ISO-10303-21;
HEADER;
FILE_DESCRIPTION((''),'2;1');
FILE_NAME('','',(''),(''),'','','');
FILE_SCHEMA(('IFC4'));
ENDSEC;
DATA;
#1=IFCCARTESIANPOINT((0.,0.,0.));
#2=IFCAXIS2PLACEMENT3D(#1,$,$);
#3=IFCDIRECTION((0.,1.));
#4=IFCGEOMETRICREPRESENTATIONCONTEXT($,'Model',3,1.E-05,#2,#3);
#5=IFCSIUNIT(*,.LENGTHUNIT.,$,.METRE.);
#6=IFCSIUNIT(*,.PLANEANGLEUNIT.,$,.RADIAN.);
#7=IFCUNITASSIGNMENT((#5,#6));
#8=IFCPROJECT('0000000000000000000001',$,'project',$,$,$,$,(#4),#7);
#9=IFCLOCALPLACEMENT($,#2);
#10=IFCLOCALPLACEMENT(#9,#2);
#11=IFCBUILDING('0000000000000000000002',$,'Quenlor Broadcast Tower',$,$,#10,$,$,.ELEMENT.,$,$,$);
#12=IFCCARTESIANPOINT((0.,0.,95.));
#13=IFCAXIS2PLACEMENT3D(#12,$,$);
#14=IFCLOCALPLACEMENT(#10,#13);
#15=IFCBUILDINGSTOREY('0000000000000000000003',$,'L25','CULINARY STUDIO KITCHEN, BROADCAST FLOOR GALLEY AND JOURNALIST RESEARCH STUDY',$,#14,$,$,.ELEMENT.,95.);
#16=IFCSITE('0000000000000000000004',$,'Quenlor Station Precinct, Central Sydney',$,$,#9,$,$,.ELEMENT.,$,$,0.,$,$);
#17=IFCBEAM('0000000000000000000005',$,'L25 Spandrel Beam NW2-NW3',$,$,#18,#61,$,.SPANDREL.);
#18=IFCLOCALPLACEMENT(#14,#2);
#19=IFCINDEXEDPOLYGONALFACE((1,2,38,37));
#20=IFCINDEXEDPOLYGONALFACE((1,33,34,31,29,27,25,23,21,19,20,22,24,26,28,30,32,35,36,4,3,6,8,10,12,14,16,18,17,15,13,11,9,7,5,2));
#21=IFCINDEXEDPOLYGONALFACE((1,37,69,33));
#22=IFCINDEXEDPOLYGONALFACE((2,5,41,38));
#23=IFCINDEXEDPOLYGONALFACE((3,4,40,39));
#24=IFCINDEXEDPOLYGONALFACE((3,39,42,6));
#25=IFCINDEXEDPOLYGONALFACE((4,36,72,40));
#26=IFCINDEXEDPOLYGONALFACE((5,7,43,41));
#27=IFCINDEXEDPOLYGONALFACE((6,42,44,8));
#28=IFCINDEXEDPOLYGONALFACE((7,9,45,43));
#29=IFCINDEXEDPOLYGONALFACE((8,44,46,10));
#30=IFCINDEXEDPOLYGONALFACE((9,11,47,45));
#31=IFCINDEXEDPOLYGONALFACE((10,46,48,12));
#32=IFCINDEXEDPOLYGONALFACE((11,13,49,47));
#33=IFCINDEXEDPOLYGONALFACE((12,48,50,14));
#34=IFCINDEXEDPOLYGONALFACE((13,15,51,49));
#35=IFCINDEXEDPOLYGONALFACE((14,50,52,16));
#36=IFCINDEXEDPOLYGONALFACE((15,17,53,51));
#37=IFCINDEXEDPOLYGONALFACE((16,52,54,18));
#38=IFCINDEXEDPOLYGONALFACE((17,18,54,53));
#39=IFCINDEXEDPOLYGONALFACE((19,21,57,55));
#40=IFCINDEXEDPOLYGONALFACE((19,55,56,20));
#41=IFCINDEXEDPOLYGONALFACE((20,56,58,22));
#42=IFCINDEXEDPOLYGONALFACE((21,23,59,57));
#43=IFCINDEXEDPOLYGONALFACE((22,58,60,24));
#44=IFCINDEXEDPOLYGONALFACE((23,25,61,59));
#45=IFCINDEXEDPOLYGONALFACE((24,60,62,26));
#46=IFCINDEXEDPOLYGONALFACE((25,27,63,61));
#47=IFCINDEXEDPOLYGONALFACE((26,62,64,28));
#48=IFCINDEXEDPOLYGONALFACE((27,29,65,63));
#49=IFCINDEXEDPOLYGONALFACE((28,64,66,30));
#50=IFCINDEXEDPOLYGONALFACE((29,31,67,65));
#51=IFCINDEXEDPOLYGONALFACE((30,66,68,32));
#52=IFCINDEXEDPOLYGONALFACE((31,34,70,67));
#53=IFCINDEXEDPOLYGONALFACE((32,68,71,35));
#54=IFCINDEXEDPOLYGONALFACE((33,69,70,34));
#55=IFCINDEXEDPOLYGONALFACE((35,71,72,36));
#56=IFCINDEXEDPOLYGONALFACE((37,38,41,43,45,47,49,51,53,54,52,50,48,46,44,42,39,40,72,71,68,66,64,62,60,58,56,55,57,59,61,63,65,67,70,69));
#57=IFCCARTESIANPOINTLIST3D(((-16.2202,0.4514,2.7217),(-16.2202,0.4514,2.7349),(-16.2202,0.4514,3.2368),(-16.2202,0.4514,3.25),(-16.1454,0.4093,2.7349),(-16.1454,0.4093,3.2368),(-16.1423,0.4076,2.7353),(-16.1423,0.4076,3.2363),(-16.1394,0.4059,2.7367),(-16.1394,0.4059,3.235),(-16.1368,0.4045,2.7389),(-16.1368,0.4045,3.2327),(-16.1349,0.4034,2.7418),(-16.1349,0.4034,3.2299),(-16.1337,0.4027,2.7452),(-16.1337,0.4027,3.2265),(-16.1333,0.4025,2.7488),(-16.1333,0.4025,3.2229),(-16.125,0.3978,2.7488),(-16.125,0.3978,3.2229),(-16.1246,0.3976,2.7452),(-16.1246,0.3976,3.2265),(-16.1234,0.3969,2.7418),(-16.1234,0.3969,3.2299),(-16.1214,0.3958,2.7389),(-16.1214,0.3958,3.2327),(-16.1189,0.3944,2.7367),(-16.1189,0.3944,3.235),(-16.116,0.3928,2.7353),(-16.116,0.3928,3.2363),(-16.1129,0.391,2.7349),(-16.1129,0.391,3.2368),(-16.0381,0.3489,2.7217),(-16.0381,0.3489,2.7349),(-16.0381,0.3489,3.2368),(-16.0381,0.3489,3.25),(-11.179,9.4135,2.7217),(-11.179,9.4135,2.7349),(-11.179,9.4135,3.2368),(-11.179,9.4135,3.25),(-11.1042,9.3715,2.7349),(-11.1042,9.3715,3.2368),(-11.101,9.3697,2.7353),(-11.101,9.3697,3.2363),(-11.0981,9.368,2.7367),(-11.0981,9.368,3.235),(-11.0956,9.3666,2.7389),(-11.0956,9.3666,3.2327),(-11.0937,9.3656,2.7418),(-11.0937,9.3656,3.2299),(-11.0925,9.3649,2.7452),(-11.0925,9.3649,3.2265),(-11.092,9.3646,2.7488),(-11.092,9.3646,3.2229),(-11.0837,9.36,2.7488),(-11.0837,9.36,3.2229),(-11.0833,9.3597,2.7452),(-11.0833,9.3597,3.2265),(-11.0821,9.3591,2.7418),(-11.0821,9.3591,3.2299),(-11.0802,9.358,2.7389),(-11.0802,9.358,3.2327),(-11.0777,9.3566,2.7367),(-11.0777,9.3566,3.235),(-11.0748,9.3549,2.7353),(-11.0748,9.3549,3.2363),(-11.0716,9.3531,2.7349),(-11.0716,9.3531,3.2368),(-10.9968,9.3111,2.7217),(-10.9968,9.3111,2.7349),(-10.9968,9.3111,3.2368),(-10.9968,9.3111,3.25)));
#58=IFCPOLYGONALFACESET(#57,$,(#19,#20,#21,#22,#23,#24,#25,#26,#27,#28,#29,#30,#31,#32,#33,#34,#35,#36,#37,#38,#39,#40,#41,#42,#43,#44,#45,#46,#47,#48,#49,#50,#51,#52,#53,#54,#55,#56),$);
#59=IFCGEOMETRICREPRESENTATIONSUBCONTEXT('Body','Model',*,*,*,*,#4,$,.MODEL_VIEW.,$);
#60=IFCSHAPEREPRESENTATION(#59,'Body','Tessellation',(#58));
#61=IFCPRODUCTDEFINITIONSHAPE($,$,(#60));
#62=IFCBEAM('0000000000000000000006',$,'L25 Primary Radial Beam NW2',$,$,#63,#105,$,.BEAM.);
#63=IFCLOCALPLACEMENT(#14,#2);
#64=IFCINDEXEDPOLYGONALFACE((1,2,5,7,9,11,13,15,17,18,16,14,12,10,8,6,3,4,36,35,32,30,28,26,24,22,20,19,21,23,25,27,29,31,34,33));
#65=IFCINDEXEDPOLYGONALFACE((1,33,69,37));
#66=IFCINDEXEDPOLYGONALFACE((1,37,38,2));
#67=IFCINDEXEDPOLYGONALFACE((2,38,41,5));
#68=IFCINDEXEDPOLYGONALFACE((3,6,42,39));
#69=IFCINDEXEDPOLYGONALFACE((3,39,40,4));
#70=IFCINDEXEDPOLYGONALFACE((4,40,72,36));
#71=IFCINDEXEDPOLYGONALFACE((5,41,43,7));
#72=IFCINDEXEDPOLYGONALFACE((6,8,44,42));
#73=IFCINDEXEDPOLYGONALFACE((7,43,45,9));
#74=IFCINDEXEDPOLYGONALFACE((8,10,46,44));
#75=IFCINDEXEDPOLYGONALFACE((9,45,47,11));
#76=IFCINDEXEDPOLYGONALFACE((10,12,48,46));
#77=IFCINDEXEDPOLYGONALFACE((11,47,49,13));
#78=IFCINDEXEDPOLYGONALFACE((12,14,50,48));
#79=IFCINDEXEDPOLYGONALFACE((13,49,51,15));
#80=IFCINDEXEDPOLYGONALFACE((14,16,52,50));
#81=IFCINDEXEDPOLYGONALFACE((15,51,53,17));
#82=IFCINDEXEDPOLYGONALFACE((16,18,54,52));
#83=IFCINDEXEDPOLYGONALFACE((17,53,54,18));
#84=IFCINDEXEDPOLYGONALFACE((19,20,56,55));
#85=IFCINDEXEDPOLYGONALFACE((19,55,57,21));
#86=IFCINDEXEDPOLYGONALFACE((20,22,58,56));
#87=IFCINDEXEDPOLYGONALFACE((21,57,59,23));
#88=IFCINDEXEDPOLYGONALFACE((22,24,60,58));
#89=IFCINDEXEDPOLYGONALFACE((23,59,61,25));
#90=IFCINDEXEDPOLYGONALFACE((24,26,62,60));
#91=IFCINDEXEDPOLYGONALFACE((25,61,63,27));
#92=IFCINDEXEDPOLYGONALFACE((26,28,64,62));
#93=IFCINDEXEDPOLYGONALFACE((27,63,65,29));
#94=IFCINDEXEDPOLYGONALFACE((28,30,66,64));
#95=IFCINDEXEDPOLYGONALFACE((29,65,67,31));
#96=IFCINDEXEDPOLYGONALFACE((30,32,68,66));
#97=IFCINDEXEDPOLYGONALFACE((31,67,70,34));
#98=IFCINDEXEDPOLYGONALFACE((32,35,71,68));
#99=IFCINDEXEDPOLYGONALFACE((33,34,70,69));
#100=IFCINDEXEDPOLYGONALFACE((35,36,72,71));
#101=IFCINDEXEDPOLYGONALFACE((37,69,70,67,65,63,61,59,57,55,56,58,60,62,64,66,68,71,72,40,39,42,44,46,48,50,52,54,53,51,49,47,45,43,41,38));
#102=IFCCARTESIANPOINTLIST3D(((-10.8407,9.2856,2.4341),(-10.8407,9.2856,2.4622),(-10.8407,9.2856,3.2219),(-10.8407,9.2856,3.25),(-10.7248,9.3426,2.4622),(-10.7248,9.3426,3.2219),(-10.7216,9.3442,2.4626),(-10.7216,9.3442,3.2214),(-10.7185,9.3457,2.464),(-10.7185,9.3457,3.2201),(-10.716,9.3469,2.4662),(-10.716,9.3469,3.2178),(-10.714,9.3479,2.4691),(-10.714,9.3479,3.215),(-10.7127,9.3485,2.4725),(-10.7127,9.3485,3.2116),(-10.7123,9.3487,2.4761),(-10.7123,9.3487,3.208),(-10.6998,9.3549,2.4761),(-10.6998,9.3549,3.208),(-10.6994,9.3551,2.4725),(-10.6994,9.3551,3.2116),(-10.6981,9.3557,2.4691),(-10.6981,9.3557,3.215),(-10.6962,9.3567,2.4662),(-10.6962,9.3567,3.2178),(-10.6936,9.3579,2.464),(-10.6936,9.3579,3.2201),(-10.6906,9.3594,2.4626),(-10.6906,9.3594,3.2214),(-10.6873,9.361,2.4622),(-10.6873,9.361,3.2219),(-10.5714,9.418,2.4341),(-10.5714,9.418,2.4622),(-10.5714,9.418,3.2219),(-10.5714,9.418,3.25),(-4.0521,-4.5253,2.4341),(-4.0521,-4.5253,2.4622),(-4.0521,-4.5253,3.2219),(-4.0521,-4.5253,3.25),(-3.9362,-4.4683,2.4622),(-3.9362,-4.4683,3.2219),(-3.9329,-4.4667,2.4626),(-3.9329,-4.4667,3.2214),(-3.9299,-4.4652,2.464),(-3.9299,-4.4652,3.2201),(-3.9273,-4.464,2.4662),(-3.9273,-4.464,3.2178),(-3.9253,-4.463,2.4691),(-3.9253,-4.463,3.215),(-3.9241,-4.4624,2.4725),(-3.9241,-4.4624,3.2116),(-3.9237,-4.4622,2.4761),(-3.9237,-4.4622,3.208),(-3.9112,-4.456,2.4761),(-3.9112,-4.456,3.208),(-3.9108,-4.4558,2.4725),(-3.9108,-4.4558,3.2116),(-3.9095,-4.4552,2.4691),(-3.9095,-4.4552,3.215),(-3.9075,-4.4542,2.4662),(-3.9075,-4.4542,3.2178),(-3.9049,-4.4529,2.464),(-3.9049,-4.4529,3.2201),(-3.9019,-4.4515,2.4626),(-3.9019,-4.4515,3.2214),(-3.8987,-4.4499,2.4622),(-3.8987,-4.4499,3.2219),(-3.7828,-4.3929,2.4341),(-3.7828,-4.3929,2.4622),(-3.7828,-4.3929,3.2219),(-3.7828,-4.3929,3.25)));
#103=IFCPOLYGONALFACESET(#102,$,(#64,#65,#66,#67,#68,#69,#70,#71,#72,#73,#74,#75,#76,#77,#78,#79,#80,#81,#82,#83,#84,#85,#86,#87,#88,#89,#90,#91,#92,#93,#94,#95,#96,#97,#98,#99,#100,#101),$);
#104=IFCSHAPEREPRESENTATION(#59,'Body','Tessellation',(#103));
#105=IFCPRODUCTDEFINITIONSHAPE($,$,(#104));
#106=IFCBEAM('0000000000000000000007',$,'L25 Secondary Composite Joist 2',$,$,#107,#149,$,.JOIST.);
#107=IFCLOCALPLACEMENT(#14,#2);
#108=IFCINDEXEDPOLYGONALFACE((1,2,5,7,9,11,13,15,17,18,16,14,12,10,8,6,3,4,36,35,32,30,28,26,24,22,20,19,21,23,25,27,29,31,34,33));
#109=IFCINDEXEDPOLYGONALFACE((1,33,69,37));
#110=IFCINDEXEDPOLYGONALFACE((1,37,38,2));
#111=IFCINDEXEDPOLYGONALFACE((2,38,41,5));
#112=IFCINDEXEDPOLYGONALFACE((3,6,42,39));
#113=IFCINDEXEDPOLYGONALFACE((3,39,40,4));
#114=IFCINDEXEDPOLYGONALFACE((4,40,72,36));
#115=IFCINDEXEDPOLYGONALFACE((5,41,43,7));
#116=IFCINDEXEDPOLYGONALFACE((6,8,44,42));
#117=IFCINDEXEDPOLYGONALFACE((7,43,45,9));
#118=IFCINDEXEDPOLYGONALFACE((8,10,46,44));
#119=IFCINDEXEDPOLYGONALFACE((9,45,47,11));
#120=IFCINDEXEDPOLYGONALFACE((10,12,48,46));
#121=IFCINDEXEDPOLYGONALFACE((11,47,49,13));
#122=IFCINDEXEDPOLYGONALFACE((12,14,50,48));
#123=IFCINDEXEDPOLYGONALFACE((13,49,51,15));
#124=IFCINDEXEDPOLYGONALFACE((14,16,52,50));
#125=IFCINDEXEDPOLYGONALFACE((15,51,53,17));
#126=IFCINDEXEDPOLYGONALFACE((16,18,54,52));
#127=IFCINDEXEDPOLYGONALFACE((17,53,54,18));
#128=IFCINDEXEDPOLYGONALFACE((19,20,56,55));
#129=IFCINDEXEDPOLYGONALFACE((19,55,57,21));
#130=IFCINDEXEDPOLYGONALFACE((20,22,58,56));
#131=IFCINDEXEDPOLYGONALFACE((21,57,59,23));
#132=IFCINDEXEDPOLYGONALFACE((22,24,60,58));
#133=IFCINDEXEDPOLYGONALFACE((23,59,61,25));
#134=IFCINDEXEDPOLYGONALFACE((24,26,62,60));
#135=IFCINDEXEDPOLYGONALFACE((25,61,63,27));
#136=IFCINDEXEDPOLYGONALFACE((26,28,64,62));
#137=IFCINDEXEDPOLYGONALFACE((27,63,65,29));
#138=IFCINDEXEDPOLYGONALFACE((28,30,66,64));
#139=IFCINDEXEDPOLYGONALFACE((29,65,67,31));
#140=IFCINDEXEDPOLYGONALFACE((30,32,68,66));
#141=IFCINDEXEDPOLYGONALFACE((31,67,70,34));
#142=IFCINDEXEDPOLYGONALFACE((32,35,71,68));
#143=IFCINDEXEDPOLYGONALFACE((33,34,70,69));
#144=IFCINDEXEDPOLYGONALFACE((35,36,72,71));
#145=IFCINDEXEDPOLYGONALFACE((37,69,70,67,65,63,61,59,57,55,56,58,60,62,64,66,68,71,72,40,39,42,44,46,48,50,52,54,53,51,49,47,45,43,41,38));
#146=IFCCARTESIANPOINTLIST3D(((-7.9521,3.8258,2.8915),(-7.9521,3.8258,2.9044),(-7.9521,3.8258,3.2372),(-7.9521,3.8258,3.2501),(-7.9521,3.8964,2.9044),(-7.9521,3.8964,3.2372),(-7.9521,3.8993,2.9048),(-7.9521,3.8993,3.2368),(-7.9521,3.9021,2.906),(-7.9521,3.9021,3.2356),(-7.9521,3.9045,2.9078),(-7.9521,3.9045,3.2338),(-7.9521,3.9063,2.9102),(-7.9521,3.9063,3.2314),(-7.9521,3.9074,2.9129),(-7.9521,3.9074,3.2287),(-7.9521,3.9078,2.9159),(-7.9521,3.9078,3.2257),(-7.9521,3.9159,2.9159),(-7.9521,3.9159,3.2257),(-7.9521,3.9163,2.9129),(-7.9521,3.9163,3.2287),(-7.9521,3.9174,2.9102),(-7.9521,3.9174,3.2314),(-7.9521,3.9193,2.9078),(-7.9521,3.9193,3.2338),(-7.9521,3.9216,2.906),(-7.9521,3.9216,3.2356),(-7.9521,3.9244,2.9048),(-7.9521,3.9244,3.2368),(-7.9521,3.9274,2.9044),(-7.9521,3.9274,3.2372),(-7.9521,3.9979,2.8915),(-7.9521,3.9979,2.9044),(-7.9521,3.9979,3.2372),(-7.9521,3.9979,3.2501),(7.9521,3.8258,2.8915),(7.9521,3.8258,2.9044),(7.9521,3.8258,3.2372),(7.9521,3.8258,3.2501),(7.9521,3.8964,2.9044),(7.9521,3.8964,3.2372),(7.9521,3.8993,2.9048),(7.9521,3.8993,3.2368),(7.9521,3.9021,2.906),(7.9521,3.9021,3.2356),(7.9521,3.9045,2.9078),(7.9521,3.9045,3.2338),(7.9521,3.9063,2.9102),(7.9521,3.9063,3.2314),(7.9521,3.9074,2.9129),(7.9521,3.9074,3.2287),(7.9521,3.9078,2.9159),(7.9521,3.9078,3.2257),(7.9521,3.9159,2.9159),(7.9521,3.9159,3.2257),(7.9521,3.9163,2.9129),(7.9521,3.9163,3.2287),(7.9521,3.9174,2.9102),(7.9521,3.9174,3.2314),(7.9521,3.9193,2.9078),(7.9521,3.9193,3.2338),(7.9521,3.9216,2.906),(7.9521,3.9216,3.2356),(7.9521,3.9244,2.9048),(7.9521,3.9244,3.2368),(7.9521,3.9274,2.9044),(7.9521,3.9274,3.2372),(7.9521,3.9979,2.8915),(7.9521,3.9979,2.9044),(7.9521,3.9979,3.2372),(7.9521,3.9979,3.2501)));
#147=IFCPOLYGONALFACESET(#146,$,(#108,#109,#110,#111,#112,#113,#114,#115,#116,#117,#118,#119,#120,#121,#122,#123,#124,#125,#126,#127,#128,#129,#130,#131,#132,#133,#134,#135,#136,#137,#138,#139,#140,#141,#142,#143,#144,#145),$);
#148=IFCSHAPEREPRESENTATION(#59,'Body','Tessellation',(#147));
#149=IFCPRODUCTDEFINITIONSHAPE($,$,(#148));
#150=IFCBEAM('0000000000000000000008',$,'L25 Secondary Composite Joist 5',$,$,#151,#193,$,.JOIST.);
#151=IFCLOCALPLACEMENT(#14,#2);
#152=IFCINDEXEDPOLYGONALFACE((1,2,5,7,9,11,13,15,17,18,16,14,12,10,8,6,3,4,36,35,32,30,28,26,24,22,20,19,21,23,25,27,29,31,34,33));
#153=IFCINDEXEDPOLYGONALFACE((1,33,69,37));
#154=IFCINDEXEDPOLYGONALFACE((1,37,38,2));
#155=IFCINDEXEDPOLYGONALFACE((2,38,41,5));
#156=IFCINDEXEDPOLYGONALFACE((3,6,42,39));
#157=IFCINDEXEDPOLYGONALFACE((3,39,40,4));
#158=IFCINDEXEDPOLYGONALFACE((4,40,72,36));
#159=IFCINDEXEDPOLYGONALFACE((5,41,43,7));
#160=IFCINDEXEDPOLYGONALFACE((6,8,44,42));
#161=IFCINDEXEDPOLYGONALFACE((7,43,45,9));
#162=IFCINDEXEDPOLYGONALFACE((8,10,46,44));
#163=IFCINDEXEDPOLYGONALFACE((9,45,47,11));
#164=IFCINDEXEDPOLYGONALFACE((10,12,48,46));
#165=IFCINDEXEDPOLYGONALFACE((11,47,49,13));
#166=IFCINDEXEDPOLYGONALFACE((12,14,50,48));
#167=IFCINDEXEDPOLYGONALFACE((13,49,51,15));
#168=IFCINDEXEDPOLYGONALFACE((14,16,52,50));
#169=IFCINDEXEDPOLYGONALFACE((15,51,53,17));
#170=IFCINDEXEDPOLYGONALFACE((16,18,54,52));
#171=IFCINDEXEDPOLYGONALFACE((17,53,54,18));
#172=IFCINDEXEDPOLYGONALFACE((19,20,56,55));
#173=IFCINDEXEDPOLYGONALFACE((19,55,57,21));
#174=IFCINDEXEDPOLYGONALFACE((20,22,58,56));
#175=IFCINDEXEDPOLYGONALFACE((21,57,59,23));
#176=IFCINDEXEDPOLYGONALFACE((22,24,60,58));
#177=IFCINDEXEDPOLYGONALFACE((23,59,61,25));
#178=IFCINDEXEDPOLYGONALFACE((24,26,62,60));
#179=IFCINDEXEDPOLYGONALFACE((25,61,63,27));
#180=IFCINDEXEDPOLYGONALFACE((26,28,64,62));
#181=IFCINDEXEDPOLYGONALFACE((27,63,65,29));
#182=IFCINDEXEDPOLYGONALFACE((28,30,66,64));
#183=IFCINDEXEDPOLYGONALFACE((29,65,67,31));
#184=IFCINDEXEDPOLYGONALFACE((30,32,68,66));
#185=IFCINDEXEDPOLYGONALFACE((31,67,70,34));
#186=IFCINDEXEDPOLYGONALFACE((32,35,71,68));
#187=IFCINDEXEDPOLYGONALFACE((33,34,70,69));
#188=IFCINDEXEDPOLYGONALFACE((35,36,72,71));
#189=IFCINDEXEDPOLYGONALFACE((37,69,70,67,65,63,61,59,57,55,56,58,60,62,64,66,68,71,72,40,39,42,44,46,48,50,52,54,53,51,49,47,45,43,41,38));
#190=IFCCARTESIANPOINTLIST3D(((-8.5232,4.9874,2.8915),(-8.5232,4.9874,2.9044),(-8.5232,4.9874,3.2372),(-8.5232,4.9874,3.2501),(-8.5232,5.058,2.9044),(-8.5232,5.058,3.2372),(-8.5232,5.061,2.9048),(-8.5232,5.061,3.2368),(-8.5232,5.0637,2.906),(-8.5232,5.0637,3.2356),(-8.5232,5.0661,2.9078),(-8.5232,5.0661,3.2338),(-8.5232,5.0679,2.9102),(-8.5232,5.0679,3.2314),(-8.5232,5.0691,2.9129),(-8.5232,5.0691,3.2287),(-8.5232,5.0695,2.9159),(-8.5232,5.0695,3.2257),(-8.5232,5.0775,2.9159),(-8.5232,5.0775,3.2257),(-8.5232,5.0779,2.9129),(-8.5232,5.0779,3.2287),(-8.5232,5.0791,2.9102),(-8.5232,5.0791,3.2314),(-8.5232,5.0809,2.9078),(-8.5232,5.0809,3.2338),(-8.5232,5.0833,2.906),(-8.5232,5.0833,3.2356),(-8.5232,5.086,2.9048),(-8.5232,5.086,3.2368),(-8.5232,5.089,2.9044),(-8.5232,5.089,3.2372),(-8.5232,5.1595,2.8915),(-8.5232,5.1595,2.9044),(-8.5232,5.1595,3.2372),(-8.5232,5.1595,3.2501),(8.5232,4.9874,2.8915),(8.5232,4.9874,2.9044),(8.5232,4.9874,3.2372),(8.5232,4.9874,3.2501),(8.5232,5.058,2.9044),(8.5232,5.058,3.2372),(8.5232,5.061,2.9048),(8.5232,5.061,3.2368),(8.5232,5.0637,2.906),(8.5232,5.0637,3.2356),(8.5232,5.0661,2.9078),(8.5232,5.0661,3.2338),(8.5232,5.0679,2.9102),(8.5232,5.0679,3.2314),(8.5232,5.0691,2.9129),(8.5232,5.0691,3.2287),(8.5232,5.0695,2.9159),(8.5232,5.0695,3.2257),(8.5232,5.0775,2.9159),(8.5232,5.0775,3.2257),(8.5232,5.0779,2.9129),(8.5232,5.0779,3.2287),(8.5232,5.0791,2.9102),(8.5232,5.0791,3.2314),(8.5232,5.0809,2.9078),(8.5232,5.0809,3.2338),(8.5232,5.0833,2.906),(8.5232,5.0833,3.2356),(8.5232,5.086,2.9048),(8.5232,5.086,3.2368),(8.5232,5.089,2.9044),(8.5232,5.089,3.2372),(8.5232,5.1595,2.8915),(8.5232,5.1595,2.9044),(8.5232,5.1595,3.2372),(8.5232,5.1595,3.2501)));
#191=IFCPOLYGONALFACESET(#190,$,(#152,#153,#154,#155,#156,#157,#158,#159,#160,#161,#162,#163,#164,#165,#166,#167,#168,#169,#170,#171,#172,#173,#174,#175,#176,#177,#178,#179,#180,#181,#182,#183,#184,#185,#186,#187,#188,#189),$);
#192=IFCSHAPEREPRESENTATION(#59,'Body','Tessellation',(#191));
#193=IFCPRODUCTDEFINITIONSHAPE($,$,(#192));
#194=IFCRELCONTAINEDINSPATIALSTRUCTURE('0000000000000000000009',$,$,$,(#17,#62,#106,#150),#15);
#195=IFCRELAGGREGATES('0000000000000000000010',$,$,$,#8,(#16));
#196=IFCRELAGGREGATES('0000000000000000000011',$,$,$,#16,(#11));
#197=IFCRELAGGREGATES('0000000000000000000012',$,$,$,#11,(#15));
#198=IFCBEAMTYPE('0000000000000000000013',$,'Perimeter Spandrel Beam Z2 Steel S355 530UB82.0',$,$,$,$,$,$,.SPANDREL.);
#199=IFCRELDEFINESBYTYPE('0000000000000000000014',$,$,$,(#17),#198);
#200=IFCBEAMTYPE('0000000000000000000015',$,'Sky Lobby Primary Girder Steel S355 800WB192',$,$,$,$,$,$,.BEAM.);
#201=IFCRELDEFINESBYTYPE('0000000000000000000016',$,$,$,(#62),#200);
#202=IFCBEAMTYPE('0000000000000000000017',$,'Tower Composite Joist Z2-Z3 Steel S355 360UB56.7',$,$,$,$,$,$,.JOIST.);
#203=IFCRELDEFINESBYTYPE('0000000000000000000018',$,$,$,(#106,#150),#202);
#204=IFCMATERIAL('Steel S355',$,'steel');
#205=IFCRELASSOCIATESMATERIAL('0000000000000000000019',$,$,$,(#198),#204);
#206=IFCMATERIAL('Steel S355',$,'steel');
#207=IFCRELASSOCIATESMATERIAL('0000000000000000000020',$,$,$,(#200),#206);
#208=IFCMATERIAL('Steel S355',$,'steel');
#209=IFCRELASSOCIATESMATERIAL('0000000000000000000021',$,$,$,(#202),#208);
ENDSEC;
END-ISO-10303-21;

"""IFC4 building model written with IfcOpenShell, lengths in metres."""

from ifc_helpers import new_model, si_unit, direction, frame, origin, origin_2d, place, context, subcontext, project, spatial, i_section, extrude, material, material_profile, profile_set, type_object, element, save


model = new_model("IFC4")

# Units and contexts
model_context = context("Model", 3, precision=1e-05, world=origin(), true_north=direction((0.0, 1.0)))
body_context = subcontext(model_context, "Body", "Model", "MODEL_VIEW")
ifc_project = project(units=[si_unit("LENGTHUNIT", "METRE"), si_unit("PLANEANGLEUNIT", "RADIAN")], contexts=[model_context])

# Site, building, storey
site_placement = place(None, origin())
site = spatial("IfcSite", under=ifc_project, at=site_placement, Name="Quenlor Station Precinct, Central Sydney", CompositionType="ELEMENT", RefElevation=0.0)
building_placement = place(site_placement, origin())
building = spatial("IfcBuilding", under=site, at=building_placement, Name="Quenlor Broadcast Tower", CompositionType="ELEMENT")
storey_placement = place(building_placement, frame((0.0, 0.0, 95.0)))
storey = spatial("IfcBuildingStorey", under=building, at=storey_placement, Name="L25", Description="CULINARY STUDIO KITCHEN, BROADCAST FLOOR GALLEY AND JOURNALIST RESEARCH STUDY", CompositionType="ELEMENT", Elevation=95.0)

# Beams
ifc_material_1 = material(Name="Steel S355", Category="steel")
ifc_material_profile_1 = material_profile(ifc_material_1, i_section(OverallWidth=0.209, OverallDepth=0.5283, WebThickness=0.0095, FlangeThickness=0.0132, FilletRadius=0.0139, at=origin_2d()))
ifc_profile_set_1 = profile_set([ifc_material_profile_1], Name="Steel S355 530UB82.0")
beam_type_1 = type_object("IfcBeamType", Name="Perimeter Spandrel Beam Z2 Steel S355 530UB82.0", PredefinedType="SPANDREL", material=ifc_profile_set_1)
beam_1_placement = place(storey_placement, frame((-11.0879, 9.3623, 2.9858), z_axis=(-0.490265, -0.871574, 0.0), x_axis=(0.871574, -0.490265, 0.0)))
element("IfcBeam", 1, at=beam_1_placement, inside=storey, type_object=beam_type_1, Name="L25 Spandrel Beam NW2-NW3", PredefinedType="SPANDREL", context=body_context, shape_type="SweptSolid", body=[
    extrude(i_section(OverallWidth=0.209, OverallDepth=0.5283, WebThickness=0.0095, FlangeThickness=0.0132, FilletRadius=0.0139, at=origin_2d()), origin(), (0.0, 0.0, 1.0), 10.2827),
])
ifc_material_2 = material(Name="Steel S355", Category="steel")
ifc_material_profile_2 = material_profile(ifc_material_2, i_section(OverallWidth=0.3, OverallDepth=0.8159, WebThickness=0.0139, FlangeThickness=0.0281, FilletRadius=0.0139, at=origin_2d()))
ifc_profile_set_2 = profile_set([ifc_material_profile_2], Name="Steel S355 800WB192")
beam_type_2 = type_object("IfcBeamType", Name="Sky Lobby Primary Girder Steel S355 800WB192", PredefinedType="BEAM", material=ifc_profile_set_2)
beam_2_placement = place(storey_placement, frame((-10.7061, 9.3518, 2.842), z_axis=(0.44113, -0.897443, 0.0), x_axis=(0.897443, 0.44113, 0.0)))
element("IfcBeam", 2, at=beam_2_placement, inside=storey, type_object=beam_type_2, Name="L25 Primary Radial Beam NW2", PredefinedType="BEAM", context=body_context, shape_type="SweptSolid", body=[
    extrude(i_section(OverallWidth=0.3, OverallDepth=0.8159, WebThickness=0.0139, FlangeThickness=0.0281, FilletRadius=0.0139, at=origin_2d()), origin(), (0.0, 0.0, 1.0), 15.3892),
])
ifc_material_3 = material(Name="Steel S355", Category="steel")
ifc_material_profile_3 = material_profile(ifc_material_3, i_section(OverallWidth=0.1721, OverallDepth=0.3586, WebThickness=0.0081, FlangeThickness=0.0129, FilletRadius=0.0115, at=origin_2d()))
ifc_profile_set_3 = profile_set([ifc_material_profile_3], Name="Steel S355 360UB56.7")
beam_type_3 = type_object("IfcBeamType", Name="Tower Composite Joist Z2-Z3 Steel S355 360UB56.7", PredefinedType="JOIST", material=ifc_profile_set_3)
beam_3_placement = place(storey_placement, frame((-7.9521, 3.9119, 3.0708), z_axis=(1.0, 0.0, 0.0), x_axis=(0.0, 1.0, 0.0)))
element("IfcBeam", 3, at=beam_3_placement, inside=storey, type_object=beam_type_3, Name="L25 Secondary Composite Joist 2", PredefinedType="JOIST", context=body_context, shape_type="SweptSolid", body=[
    extrude(i_section(OverallWidth=0.1721, OverallDepth=0.3586, WebThickness=0.0081, FlangeThickness=0.0129, FilletRadius=0.0115, at=origin_2d()), origin(), (0.0, 0.0, 1.0), 15.9043),
])
beam_4_placement = place(storey_placement, frame((-8.5232, 5.0735, 3.0708), z_axis=(1.0, 0.0, 0.0), x_axis=(0.0, 1.0, 0.0)))
element("IfcBeam", 4, at=beam_4_placement, inside=storey, type_object=beam_type_3, Name="L25 Secondary Composite Joist 5", PredefinedType="JOIST", context=body_context, shape_type="SweptSolid", body=[
    extrude(i_section(OverallWidth=0.1721, OverallDepth=0.3586, WebThickness=0.0081, FlangeThickness=0.0129, FilletRadius=0.0115, at=origin_2d()), origin(), (0.0, 0.0, 1.0), 17.0464),
])

save(model, "model.ifc")
